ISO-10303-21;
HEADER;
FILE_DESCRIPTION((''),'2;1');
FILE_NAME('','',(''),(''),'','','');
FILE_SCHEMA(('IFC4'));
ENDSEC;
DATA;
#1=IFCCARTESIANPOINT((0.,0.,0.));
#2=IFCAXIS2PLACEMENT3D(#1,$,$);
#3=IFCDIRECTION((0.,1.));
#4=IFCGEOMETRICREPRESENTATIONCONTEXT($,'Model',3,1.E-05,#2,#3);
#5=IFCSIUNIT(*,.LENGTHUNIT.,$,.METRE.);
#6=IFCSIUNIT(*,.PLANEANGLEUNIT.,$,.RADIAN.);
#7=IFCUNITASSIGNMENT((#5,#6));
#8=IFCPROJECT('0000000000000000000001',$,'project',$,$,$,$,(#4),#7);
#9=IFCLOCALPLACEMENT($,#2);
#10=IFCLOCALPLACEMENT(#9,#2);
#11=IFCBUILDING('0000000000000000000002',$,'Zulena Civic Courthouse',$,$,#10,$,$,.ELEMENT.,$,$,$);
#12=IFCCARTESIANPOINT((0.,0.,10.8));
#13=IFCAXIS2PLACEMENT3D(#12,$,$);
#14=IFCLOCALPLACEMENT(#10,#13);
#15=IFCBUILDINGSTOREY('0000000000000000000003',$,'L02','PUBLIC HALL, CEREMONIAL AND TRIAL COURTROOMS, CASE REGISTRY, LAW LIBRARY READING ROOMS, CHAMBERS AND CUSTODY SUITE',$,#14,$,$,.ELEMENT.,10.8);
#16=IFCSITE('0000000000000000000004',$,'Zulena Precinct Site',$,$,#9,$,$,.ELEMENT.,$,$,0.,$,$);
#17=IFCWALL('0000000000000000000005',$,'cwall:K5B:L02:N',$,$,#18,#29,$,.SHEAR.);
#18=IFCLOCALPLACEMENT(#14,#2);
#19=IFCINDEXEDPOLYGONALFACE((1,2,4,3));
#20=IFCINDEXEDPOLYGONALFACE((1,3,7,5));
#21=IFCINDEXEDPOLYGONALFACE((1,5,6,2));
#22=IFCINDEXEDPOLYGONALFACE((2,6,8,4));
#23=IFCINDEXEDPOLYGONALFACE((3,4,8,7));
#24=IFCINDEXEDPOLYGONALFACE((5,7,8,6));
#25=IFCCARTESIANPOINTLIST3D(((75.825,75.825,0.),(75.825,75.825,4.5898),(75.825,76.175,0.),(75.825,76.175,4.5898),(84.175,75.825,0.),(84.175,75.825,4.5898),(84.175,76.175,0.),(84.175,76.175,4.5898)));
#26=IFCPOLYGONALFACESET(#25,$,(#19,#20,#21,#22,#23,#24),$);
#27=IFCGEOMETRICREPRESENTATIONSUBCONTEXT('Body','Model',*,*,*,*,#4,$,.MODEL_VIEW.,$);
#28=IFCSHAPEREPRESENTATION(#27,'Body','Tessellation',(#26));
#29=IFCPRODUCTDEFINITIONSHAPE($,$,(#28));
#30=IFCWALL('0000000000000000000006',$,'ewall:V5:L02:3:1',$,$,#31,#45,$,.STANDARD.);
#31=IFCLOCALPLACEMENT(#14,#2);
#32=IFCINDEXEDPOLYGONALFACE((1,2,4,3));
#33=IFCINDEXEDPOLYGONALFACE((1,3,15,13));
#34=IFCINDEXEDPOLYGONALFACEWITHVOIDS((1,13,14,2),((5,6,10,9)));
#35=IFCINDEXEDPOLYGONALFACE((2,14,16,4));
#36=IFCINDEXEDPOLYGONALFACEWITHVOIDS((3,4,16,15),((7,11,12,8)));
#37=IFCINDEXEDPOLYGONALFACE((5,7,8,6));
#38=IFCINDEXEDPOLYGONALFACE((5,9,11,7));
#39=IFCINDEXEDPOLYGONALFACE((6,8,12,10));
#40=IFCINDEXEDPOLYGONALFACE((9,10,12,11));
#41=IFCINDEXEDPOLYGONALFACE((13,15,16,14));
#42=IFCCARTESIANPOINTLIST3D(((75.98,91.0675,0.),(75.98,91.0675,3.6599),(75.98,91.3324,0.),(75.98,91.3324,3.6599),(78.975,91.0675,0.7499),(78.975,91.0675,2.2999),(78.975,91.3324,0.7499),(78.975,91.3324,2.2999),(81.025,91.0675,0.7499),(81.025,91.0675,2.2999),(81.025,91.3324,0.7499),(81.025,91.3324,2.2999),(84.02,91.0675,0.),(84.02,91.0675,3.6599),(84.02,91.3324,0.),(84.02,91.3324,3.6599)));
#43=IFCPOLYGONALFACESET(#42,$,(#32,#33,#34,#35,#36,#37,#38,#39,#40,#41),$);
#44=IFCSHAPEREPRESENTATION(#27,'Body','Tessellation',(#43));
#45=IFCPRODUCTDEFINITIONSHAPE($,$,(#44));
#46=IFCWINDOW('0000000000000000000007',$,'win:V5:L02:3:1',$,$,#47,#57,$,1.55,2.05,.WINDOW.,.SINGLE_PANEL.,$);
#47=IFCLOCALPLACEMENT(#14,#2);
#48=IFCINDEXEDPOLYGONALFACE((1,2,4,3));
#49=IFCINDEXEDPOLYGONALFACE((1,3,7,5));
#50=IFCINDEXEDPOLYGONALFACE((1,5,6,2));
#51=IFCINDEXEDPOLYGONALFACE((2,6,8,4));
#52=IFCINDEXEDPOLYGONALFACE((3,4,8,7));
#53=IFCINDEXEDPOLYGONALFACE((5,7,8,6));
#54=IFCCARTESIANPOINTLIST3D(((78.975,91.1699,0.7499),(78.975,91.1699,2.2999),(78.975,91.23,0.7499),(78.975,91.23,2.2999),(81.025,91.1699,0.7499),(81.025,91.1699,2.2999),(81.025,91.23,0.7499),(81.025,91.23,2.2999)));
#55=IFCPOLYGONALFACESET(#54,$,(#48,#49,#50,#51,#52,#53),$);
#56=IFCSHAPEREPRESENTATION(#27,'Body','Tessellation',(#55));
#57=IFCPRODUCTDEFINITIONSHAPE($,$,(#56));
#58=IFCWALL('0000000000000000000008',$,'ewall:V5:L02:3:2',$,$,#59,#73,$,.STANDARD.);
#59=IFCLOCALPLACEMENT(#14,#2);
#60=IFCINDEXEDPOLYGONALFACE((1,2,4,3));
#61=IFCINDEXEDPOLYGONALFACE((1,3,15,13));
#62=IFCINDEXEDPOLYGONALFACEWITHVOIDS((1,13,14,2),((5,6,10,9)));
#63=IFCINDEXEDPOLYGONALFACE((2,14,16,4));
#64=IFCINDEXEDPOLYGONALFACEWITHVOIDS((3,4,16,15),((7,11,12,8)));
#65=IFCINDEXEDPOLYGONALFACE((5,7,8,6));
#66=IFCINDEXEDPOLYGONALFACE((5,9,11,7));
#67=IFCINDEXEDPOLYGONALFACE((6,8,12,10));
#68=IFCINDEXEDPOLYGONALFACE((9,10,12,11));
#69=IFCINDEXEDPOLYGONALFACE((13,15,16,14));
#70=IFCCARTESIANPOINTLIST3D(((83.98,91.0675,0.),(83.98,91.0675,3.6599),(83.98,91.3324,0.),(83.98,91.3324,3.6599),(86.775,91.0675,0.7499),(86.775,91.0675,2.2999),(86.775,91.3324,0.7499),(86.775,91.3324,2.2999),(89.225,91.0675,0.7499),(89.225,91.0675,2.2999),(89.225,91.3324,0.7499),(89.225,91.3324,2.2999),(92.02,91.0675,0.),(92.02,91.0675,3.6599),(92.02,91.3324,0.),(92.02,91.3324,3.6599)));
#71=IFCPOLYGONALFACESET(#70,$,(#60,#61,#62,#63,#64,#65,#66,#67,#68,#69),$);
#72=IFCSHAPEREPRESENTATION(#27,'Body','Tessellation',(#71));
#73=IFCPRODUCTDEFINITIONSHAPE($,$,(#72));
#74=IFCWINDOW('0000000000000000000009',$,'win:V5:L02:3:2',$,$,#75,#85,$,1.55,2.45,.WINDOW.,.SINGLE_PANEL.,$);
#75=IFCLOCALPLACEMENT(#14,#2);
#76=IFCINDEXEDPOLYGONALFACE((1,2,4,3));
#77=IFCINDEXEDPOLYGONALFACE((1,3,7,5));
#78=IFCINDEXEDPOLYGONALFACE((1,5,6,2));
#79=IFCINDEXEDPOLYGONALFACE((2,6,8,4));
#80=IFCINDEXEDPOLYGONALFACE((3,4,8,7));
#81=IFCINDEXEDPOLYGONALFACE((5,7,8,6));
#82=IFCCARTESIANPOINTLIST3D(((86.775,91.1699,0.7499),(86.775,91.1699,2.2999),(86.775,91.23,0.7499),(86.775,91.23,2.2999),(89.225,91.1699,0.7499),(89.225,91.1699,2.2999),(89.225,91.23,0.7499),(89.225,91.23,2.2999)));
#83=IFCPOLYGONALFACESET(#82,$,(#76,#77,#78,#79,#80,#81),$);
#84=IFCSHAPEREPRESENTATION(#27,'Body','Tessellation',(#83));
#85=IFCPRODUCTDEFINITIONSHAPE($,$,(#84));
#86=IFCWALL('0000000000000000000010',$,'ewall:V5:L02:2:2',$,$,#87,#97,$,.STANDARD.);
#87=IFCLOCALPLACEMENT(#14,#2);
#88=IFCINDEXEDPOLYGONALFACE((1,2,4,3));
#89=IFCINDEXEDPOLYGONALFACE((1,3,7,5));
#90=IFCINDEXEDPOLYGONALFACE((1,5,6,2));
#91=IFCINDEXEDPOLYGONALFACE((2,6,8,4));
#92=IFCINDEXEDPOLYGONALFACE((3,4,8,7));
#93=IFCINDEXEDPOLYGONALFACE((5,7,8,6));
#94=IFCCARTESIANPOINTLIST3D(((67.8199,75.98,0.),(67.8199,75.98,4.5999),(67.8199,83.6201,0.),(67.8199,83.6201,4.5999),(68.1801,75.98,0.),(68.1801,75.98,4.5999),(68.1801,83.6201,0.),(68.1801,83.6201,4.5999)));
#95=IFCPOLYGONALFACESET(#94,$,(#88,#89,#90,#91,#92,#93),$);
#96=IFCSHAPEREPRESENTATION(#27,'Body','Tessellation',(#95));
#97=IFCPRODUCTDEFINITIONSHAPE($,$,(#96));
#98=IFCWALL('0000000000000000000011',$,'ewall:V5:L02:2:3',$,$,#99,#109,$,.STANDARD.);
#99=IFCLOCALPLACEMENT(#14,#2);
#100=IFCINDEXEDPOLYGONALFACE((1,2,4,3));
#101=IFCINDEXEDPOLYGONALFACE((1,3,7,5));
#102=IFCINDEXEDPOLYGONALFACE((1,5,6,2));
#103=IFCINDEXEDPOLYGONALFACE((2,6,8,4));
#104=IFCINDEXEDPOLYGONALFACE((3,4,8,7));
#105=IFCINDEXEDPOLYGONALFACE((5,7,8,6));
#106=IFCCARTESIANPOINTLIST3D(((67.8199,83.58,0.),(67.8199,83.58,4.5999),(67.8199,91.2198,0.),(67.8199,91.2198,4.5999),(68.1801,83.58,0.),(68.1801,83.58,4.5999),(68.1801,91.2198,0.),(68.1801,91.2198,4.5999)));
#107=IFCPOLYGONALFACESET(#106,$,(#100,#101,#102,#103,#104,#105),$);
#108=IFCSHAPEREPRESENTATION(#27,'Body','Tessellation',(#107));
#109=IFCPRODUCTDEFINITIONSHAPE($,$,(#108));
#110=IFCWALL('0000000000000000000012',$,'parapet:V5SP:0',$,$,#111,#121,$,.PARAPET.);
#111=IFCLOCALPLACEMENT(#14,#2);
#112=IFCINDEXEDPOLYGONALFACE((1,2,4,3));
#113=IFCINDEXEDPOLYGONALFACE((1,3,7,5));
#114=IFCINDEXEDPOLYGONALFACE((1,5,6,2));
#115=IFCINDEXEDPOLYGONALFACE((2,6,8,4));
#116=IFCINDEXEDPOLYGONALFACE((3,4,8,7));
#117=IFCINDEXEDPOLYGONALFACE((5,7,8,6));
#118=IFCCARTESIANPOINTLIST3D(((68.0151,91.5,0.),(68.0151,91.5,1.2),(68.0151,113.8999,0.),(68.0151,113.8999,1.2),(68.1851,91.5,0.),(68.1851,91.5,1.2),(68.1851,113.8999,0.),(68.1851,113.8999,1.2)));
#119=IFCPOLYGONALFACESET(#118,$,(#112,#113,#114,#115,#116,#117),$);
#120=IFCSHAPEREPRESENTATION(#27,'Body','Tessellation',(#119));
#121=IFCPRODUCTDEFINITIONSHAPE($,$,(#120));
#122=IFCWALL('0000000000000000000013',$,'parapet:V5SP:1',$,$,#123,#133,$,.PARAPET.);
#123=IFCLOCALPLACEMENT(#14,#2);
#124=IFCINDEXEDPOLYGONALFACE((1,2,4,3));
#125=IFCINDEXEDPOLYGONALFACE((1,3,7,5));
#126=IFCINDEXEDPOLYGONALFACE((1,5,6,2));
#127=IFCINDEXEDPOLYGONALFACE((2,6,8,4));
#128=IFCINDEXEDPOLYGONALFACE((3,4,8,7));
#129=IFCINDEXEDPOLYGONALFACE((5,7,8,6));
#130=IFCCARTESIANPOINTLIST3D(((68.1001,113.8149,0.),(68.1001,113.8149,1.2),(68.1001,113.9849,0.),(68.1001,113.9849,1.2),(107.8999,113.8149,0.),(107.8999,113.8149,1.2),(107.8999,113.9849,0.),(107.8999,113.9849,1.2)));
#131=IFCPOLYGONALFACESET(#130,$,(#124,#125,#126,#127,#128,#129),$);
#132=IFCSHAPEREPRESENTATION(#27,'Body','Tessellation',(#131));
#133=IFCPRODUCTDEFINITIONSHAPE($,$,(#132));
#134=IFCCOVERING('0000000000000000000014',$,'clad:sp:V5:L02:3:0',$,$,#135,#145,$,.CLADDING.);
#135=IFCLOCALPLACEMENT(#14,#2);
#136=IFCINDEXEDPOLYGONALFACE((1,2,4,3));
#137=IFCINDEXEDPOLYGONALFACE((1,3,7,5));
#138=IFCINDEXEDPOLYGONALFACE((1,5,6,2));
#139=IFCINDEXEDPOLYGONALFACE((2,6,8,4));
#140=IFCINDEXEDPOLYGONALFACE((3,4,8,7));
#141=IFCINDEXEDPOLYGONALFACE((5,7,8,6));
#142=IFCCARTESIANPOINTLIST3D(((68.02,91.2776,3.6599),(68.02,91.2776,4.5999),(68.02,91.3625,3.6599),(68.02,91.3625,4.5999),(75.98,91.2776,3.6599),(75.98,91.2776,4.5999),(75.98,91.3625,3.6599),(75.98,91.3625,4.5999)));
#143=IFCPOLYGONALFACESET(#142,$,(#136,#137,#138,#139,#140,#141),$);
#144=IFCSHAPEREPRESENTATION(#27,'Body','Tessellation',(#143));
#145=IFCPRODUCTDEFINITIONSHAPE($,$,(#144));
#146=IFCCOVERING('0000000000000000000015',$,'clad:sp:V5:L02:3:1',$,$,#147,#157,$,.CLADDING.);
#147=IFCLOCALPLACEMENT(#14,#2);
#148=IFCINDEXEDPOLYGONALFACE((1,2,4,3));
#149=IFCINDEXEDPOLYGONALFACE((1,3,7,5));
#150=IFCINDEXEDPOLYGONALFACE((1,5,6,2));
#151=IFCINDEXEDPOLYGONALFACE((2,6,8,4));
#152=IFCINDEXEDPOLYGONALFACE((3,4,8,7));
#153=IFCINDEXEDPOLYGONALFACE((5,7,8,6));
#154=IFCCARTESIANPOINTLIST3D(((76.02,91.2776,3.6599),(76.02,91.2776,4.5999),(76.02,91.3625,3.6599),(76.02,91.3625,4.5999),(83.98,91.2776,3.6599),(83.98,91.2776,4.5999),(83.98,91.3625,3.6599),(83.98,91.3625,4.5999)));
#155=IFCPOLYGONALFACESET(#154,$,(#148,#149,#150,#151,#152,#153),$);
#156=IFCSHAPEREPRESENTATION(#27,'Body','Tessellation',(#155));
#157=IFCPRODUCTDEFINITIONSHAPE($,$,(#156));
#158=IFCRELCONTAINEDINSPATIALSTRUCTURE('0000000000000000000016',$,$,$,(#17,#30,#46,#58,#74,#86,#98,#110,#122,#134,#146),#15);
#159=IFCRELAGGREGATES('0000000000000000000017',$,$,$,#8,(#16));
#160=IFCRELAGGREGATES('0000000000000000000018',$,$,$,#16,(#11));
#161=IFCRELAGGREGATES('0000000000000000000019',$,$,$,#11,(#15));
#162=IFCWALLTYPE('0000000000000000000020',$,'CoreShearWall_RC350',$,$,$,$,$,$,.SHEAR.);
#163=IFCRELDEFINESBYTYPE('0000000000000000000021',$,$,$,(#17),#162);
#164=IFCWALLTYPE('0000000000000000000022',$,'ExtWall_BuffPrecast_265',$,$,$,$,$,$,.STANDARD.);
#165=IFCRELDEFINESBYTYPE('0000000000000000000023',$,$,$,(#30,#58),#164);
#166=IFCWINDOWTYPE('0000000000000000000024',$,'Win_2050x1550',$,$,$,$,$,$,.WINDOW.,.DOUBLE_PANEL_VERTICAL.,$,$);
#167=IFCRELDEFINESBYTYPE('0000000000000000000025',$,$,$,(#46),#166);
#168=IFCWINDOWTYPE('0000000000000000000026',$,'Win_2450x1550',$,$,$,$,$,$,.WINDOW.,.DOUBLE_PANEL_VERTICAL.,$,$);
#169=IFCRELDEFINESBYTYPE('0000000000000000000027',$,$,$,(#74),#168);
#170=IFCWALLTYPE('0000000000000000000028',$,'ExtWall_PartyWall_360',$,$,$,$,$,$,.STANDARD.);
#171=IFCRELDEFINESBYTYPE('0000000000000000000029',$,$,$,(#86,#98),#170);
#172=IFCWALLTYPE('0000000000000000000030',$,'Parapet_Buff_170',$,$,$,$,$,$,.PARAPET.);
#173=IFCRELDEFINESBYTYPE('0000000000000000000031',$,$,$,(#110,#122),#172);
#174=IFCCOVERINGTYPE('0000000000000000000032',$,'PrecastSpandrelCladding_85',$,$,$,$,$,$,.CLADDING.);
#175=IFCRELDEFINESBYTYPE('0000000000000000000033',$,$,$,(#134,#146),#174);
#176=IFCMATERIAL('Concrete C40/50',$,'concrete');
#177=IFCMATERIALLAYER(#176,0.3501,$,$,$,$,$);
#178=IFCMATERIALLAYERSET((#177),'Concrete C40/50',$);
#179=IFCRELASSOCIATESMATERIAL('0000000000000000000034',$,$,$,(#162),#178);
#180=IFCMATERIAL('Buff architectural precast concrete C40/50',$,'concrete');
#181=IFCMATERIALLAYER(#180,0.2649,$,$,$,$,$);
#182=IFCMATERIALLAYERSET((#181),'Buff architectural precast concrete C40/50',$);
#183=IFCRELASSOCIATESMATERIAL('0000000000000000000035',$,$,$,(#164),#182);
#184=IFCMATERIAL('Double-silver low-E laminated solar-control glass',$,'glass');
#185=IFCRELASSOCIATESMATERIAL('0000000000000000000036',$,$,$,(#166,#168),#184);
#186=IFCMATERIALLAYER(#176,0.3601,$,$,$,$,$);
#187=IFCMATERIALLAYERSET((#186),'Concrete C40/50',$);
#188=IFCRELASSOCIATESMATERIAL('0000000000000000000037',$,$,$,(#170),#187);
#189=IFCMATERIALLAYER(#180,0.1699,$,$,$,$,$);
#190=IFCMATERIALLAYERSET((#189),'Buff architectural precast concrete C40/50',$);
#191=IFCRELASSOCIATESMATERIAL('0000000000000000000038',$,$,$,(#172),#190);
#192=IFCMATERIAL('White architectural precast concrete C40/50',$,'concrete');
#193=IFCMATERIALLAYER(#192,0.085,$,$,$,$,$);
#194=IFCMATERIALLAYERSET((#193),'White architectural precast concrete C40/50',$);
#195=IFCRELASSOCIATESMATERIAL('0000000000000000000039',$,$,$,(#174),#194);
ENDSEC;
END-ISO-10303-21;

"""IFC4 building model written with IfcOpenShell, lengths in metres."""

from ifc_helpers import new_model, si_unit, direction, frame, frame_2d, origin, origin_2d, place, context, subcontext, project, spatial, rectangle, extrude, material, layer, layer_set, type_object, element, fill, save


model = new_model("IFC4")

# Units and contexts
model_context = context("Model", 3, precision=1e-05, world=origin(), true_north=direction((0.0, 1.0)))
body_context = subcontext(model_context, "Body", "Model", "MODEL_VIEW")
ifc_project = project(units=[si_unit("LENGTHUNIT", "METRE"), si_unit("PLANEANGLEUNIT", "RADIAN")], contexts=[model_context])

# Site, building, storey
site_placement = place(None, origin())
site = spatial("IfcSite", under=ifc_project, at=site_placement, Name="Zulena Precinct Site", CompositionType="ELEMENT", RefElevation=0.0)
building_placement = place(site_placement, origin())
building = spatial("IfcBuilding", under=site, at=building_placement, Name="Zulena Civic Courthouse", CompositionType="ELEMENT")
storey_placement = place(building_placement, frame((0.0, 0.0, 10.8)))
storey = spatial("IfcBuildingStorey", under=building, at=storey_placement, Name="L02", Description="PUBLIC HALL, CEREMONIAL AND TRIAL COURTROOMS, CASE REGISTRY, LAW LIBRARY READING ROOMS, CHAMBERS AND CUSTODY SUITE", CompositionType="ELEMENT", Elevation=10.8)

# Wall
ifc_material_1 = material(Name="Concrete C40/50", Category="concrete")
ifc_layer_1 = layer(ifc_material_1, 0.3501)
ifc_layer_set_1 = layer_set([ifc_layer_1], Name="Concrete C40/50")
wall_type_1 = type_object("IfcWallType", Name="CoreShearWall_RC350", PredefinedType="SHEAR", material=ifc_layer_set_1)
wall_1_placement = place(storey_placement, frame((75.825, 76.0, 0.0), z_axis=(0.0, 0.0, 1.0), x_axis=(1.0, 0.0, 0.0)))
element("IfcWall", 1, at=wall_1_placement, inside=storey, type_object=wall_type_1, Name="cwall:K5B:L02:N", PredefinedType="SHEAR", context=body_context, shape_type="SweptSolid", body=[
    extrude(rectangle(XDim=8.3501, YDim=0.3501, at=frame_2d((4.175, 0.0))), origin(), (0.0, 0.0, 1.0), 4.5898),
])

# Walls, openings, windows
ifc_material_2 = material(Name="Buff architectural precast concrete C40/50", Category="concrete")
ifc_layer_2 = layer(ifc_material_2, 0.2649)
ifc_layer_set_2 = layer_set([ifc_layer_2], Name="Buff architectural precast concrete C40/50")
wall_type_2 = type_object("IfcWallType", Name="ExtWall_BuffPrecast_265", PredefinedType="STANDARD", material=ifc_layer_set_2)
wall_2_placement = place(storey_placement, frame((75.98, 91.2, 0.0), z_axis=(0.0, 0.0, 1.0), x_axis=(1.0, 0.0, 0.0)))
wall_2 = element("IfcWall", 2, at=wall_2_placement, inside=storey, type_object=wall_type_2, Name="ewall:V5:L02:3:1", PredefinedType="STANDARD", context=body_context, shape_type="SweptSolid", body=[
    extrude(rectangle(XDim=8.04, YDim=0.2649, at=frame_2d((4.02, 0.0))), origin(), (0.0, 0.0, 1.0), 3.6599),
])
opening_1_placement = place(wall_2_placement, frame((2.9951, 0.0, 0.75)))
opening_1 = element("IfcOpeningElement", 3, at=opening_1_placement, cuts=wall_2, PredefinedType="OPENING", context=body_context, shape_type="SweptSolid", body=[
    extrude(rectangle(XDim=2.05, YDim=1.55, at=frame_2d((1.0249, 0.7749))), frame((0.0, 0.1423, 0.0), z_axis=(0.0, -1.0, 0.0), x_axis=(1.0, 0.0, 0.0)), (0.0, 0.0, 1.0), 0.2849),
])
ifc_material_3 = material(Name="Double-silver low-E laminated solar-control glass", Category="glass")
window_type_1 = type_object("IfcWindowType", Name="Win_2050x1550", PartitioningType="DOUBLE_PANEL_VERTICAL", PredefinedType="WINDOW", material=ifc_material_3)
window_1_placement = place(opening_1_placement, origin())
window_1 = element("IfcWindow", 4, at=window_1_placement, inside=storey, type_object=window_type_1, Name="win:V5:L02:3:1", OverallHeight=1.55, OverallWidth=2.05, PartitioningType="SINGLE_PANEL", PredefinedType="WINDOW", context=body_context, shape_type="SweptSolid", body=[
    extrude(rectangle(XDim=2.05, YDim=1.55, at=frame_2d((1.0249, 0.7749))), frame((0.0, 0.03, 0.0), z_axis=(0.0, -1.0, 0.0), x_axis=(1.0, 0.0, 0.0)), (0.0, 0.0, 1.0), 0.0601),
])
fill(opening_1, window_1)
wall_3_placement = place(storey_placement, frame((83.98, 91.2, 0.0), z_axis=(0.0, 0.0, 1.0), x_axis=(1.0, 0.0, 0.0)))
wall_3 = element("IfcWall", 5, at=wall_3_placement, inside=storey, type_object=wall_type_2, Name="ewall:V5:L02:3:2", PredefinedType="STANDARD", context=body_context, shape_type="SweptSolid", body=[
    extrude(rectangle(XDim=8.04, YDim=0.2649, at=frame_2d((4.02, 0.0))), origin(), (0.0, 0.0, 1.0), 3.6599),
])
opening_2_placement = place(wall_3_placement, frame((2.7949, 0.0, 0.75)))
opening_2 = element("IfcOpeningElement", 6, at=opening_2_placement, cuts=wall_3, PredefinedType="OPENING", context=body_context, shape_type="SweptSolid", body=[
    extrude(rectangle(XDim=2.45, YDim=1.55, at=frame_2d((1.2251, 0.7749))), frame((0.0, 0.1423, 0.0), z_axis=(0.0, -1.0, 0.0), x_axis=(1.0, 0.0, 0.0)), (0.0, 0.0, 1.0), 0.2849),
])
window_type_2 = type_object("IfcWindowType", Name="Win_2450x1550", PartitioningType="DOUBLE_PANEL_VERTICAL", PredefinedType="WINDOW", material=ifc_material_3)
window_2_placement = place(opening_2_placement, origin())
window_2 = element("IfcWindow", 7, at=window_2_placement, inside=storey, type_object=window_type_2, Name="win:V5:L02:3:2", OverallHeight=1.55, OverallWidth=2.45, PartitioningType="SINGLE_PANEL", PredefinedType="WINDOW", context=body_context, shape_type="SweptSolid", body=[
    extrude(rectangle(XDim=2.45, YDim=1.55, at=frame_2d((1.2251, 0.7749))), frame((0.0, 0.03, 0.0), z_axis=(0.0, -1.0, 0.0), x_axis=(1.0, 0.0, 0.0)), (0.0, 0.0, 1.0), 0.0601),
])
fill(opening_2, window_2)

# Walls
ifc_layer_3 = layer(ifc_material_1, 0.3601)
ifc_layer_set_3 = layer_set([ifc_layer_3], Name="Concrete C40/50")
wall_type_3 = type_object("IfcWallType", Name="ExtWall_PartyWall_360", PredefinedType="STANDARD", material=ifc_layer_set_3)
wall_4_placement = place(storey_placement, frame((68.0, 75.98, 0.0), z_axis=(0.0, 0.0, 1.0), x_axis=(0.0, 1.0, 0.0)))
element("IfcWall", 8, at=wall_4_placement, inside=storey, type_object=wall_type_3, Name="ewall:V5:L02:2:2", PredefinedType="STANDARD", context=body_context, shape_type="SweptSolid", body=[
    extrude(rectangle(XDim=7.6401, YDim=0.3601, at=frame_2d((3.8201, 0.0))), origin(), (0.0, 0.0, 1.0), 4.5999),
])
wall_5_placement = place(storey_placement, frame((68.0, 83.5801, 0.0), z_axis=(0.0, 0.0, 1.0), x_axis=(0.0, 1.0, 0.0)))
element("IfcWall", 9, at=wall_5_placement, inside=storey, type_object=wall_type_3, Name="ewall:V5:L02:2:3", PredefinedType="STANDARD", context=body_context, shape_type="SweptSolid", body=[
    extrude(rectangle(XDim=7.6399, YDim=0.3601, at=frame_2d((3.8198, 0.0))), origin(), (0.0, 0.0, 1.0), 4.5999),
])
ifc_layer_4 = layer(ifc_material_2, 0.1699)
ifc_layer_set_4 = layer_set([ifc_layer_4], Name="Buff architectural precast concrete C40/50")
wall_type_4 = type_object("IfcWallType", Name="Parapet_Buff_170", PredefinedType="PARAPET", material=ifc_layer_set_4)
wall_6_placement = place(storey_placement, frame((68.1001, 91.5, 0.0), z_axis=(0.0, 0.0, 1.0), x_axis=(0.0, 1.0, 0.0)))
element("IfcWall", 10, at=wall_6_placement, inside=storey, type_object=wall_type_4, Name="parapet:V5SP:0", PredefinedType="PARAPET", context=body_context, shape_type="SweptSolid", body=[
    extrude(rectangle(XDim=22.3999, YDim=0.1699, at=frame_2d((11.2, 0.0))), origin(), (0.0, 0.0, 1.0), 1.2),
])
wall_7_placement = place(storey_placement, frame((68.1001, 113.8999, 0.0), z_axis=(0.0, 0.0, 1.0), x_axis=(1.0, 0.0, 0.0)))
element("IfcWall", 11, at=wall_7_placement, inside=storey, type_object=wall_type_4, Name="parapet:V5SP:1", PredefinedType="PARAPET", context=body_context, shape_type="SweptSolid", body=[
    extrude(rectangle(XDim=39.7998, YDim=0.1699, at=frame_2d((19.8999, 0.0))), origin(), (0.0, 0.0, 1.0), 1.2),
])

# Coverings
ifc_material_4 = material(Name="White architectural precast concrete C40/50", Category="concrete")
ifc_layer_5 = layer(ifc_material_4, 0.085)
ifc_layer_set_5 = layer_set([ifc_layer_5], Name="White architectural precast concrete C40/50")
covering_type = type_object("IfcCoveringType", Name="PrecastSpandrelCladding_85", PredefinedType="CLADDING", material=ifc_layer_set_5)
for number, where, z_axis, x_axis, name in (
    (12, (72.0, 91.3201, 3.6599), (0.0, 0.0, 1.0), (1.0, 0.0, 0.0), "clad:sp:V5:L02:3:0"),
    (13, (80.0, 91.3201, 3.6599), (0.0, 0.0, 1.0), (1.0, 0.0, 0.0), "clad:sp:V5:L02:3:1"),
):
    element("IfcCovering", number, at=place(storey_placement, frame(where, z_axis=z_axis, x_axis=x_axis)), inside=storey, type_object=covering_type, Name=name, PredefinedType="CLADDING", context=body_context, shape_type="SweptSolid", body=[
        extrude(rectangle(XDim=7.96, YDim=0.085, at=origin_2d()), origin(), (0.0, 0.0, 1.0), 0.9399),
    ])

save(model, "model.ifc")
